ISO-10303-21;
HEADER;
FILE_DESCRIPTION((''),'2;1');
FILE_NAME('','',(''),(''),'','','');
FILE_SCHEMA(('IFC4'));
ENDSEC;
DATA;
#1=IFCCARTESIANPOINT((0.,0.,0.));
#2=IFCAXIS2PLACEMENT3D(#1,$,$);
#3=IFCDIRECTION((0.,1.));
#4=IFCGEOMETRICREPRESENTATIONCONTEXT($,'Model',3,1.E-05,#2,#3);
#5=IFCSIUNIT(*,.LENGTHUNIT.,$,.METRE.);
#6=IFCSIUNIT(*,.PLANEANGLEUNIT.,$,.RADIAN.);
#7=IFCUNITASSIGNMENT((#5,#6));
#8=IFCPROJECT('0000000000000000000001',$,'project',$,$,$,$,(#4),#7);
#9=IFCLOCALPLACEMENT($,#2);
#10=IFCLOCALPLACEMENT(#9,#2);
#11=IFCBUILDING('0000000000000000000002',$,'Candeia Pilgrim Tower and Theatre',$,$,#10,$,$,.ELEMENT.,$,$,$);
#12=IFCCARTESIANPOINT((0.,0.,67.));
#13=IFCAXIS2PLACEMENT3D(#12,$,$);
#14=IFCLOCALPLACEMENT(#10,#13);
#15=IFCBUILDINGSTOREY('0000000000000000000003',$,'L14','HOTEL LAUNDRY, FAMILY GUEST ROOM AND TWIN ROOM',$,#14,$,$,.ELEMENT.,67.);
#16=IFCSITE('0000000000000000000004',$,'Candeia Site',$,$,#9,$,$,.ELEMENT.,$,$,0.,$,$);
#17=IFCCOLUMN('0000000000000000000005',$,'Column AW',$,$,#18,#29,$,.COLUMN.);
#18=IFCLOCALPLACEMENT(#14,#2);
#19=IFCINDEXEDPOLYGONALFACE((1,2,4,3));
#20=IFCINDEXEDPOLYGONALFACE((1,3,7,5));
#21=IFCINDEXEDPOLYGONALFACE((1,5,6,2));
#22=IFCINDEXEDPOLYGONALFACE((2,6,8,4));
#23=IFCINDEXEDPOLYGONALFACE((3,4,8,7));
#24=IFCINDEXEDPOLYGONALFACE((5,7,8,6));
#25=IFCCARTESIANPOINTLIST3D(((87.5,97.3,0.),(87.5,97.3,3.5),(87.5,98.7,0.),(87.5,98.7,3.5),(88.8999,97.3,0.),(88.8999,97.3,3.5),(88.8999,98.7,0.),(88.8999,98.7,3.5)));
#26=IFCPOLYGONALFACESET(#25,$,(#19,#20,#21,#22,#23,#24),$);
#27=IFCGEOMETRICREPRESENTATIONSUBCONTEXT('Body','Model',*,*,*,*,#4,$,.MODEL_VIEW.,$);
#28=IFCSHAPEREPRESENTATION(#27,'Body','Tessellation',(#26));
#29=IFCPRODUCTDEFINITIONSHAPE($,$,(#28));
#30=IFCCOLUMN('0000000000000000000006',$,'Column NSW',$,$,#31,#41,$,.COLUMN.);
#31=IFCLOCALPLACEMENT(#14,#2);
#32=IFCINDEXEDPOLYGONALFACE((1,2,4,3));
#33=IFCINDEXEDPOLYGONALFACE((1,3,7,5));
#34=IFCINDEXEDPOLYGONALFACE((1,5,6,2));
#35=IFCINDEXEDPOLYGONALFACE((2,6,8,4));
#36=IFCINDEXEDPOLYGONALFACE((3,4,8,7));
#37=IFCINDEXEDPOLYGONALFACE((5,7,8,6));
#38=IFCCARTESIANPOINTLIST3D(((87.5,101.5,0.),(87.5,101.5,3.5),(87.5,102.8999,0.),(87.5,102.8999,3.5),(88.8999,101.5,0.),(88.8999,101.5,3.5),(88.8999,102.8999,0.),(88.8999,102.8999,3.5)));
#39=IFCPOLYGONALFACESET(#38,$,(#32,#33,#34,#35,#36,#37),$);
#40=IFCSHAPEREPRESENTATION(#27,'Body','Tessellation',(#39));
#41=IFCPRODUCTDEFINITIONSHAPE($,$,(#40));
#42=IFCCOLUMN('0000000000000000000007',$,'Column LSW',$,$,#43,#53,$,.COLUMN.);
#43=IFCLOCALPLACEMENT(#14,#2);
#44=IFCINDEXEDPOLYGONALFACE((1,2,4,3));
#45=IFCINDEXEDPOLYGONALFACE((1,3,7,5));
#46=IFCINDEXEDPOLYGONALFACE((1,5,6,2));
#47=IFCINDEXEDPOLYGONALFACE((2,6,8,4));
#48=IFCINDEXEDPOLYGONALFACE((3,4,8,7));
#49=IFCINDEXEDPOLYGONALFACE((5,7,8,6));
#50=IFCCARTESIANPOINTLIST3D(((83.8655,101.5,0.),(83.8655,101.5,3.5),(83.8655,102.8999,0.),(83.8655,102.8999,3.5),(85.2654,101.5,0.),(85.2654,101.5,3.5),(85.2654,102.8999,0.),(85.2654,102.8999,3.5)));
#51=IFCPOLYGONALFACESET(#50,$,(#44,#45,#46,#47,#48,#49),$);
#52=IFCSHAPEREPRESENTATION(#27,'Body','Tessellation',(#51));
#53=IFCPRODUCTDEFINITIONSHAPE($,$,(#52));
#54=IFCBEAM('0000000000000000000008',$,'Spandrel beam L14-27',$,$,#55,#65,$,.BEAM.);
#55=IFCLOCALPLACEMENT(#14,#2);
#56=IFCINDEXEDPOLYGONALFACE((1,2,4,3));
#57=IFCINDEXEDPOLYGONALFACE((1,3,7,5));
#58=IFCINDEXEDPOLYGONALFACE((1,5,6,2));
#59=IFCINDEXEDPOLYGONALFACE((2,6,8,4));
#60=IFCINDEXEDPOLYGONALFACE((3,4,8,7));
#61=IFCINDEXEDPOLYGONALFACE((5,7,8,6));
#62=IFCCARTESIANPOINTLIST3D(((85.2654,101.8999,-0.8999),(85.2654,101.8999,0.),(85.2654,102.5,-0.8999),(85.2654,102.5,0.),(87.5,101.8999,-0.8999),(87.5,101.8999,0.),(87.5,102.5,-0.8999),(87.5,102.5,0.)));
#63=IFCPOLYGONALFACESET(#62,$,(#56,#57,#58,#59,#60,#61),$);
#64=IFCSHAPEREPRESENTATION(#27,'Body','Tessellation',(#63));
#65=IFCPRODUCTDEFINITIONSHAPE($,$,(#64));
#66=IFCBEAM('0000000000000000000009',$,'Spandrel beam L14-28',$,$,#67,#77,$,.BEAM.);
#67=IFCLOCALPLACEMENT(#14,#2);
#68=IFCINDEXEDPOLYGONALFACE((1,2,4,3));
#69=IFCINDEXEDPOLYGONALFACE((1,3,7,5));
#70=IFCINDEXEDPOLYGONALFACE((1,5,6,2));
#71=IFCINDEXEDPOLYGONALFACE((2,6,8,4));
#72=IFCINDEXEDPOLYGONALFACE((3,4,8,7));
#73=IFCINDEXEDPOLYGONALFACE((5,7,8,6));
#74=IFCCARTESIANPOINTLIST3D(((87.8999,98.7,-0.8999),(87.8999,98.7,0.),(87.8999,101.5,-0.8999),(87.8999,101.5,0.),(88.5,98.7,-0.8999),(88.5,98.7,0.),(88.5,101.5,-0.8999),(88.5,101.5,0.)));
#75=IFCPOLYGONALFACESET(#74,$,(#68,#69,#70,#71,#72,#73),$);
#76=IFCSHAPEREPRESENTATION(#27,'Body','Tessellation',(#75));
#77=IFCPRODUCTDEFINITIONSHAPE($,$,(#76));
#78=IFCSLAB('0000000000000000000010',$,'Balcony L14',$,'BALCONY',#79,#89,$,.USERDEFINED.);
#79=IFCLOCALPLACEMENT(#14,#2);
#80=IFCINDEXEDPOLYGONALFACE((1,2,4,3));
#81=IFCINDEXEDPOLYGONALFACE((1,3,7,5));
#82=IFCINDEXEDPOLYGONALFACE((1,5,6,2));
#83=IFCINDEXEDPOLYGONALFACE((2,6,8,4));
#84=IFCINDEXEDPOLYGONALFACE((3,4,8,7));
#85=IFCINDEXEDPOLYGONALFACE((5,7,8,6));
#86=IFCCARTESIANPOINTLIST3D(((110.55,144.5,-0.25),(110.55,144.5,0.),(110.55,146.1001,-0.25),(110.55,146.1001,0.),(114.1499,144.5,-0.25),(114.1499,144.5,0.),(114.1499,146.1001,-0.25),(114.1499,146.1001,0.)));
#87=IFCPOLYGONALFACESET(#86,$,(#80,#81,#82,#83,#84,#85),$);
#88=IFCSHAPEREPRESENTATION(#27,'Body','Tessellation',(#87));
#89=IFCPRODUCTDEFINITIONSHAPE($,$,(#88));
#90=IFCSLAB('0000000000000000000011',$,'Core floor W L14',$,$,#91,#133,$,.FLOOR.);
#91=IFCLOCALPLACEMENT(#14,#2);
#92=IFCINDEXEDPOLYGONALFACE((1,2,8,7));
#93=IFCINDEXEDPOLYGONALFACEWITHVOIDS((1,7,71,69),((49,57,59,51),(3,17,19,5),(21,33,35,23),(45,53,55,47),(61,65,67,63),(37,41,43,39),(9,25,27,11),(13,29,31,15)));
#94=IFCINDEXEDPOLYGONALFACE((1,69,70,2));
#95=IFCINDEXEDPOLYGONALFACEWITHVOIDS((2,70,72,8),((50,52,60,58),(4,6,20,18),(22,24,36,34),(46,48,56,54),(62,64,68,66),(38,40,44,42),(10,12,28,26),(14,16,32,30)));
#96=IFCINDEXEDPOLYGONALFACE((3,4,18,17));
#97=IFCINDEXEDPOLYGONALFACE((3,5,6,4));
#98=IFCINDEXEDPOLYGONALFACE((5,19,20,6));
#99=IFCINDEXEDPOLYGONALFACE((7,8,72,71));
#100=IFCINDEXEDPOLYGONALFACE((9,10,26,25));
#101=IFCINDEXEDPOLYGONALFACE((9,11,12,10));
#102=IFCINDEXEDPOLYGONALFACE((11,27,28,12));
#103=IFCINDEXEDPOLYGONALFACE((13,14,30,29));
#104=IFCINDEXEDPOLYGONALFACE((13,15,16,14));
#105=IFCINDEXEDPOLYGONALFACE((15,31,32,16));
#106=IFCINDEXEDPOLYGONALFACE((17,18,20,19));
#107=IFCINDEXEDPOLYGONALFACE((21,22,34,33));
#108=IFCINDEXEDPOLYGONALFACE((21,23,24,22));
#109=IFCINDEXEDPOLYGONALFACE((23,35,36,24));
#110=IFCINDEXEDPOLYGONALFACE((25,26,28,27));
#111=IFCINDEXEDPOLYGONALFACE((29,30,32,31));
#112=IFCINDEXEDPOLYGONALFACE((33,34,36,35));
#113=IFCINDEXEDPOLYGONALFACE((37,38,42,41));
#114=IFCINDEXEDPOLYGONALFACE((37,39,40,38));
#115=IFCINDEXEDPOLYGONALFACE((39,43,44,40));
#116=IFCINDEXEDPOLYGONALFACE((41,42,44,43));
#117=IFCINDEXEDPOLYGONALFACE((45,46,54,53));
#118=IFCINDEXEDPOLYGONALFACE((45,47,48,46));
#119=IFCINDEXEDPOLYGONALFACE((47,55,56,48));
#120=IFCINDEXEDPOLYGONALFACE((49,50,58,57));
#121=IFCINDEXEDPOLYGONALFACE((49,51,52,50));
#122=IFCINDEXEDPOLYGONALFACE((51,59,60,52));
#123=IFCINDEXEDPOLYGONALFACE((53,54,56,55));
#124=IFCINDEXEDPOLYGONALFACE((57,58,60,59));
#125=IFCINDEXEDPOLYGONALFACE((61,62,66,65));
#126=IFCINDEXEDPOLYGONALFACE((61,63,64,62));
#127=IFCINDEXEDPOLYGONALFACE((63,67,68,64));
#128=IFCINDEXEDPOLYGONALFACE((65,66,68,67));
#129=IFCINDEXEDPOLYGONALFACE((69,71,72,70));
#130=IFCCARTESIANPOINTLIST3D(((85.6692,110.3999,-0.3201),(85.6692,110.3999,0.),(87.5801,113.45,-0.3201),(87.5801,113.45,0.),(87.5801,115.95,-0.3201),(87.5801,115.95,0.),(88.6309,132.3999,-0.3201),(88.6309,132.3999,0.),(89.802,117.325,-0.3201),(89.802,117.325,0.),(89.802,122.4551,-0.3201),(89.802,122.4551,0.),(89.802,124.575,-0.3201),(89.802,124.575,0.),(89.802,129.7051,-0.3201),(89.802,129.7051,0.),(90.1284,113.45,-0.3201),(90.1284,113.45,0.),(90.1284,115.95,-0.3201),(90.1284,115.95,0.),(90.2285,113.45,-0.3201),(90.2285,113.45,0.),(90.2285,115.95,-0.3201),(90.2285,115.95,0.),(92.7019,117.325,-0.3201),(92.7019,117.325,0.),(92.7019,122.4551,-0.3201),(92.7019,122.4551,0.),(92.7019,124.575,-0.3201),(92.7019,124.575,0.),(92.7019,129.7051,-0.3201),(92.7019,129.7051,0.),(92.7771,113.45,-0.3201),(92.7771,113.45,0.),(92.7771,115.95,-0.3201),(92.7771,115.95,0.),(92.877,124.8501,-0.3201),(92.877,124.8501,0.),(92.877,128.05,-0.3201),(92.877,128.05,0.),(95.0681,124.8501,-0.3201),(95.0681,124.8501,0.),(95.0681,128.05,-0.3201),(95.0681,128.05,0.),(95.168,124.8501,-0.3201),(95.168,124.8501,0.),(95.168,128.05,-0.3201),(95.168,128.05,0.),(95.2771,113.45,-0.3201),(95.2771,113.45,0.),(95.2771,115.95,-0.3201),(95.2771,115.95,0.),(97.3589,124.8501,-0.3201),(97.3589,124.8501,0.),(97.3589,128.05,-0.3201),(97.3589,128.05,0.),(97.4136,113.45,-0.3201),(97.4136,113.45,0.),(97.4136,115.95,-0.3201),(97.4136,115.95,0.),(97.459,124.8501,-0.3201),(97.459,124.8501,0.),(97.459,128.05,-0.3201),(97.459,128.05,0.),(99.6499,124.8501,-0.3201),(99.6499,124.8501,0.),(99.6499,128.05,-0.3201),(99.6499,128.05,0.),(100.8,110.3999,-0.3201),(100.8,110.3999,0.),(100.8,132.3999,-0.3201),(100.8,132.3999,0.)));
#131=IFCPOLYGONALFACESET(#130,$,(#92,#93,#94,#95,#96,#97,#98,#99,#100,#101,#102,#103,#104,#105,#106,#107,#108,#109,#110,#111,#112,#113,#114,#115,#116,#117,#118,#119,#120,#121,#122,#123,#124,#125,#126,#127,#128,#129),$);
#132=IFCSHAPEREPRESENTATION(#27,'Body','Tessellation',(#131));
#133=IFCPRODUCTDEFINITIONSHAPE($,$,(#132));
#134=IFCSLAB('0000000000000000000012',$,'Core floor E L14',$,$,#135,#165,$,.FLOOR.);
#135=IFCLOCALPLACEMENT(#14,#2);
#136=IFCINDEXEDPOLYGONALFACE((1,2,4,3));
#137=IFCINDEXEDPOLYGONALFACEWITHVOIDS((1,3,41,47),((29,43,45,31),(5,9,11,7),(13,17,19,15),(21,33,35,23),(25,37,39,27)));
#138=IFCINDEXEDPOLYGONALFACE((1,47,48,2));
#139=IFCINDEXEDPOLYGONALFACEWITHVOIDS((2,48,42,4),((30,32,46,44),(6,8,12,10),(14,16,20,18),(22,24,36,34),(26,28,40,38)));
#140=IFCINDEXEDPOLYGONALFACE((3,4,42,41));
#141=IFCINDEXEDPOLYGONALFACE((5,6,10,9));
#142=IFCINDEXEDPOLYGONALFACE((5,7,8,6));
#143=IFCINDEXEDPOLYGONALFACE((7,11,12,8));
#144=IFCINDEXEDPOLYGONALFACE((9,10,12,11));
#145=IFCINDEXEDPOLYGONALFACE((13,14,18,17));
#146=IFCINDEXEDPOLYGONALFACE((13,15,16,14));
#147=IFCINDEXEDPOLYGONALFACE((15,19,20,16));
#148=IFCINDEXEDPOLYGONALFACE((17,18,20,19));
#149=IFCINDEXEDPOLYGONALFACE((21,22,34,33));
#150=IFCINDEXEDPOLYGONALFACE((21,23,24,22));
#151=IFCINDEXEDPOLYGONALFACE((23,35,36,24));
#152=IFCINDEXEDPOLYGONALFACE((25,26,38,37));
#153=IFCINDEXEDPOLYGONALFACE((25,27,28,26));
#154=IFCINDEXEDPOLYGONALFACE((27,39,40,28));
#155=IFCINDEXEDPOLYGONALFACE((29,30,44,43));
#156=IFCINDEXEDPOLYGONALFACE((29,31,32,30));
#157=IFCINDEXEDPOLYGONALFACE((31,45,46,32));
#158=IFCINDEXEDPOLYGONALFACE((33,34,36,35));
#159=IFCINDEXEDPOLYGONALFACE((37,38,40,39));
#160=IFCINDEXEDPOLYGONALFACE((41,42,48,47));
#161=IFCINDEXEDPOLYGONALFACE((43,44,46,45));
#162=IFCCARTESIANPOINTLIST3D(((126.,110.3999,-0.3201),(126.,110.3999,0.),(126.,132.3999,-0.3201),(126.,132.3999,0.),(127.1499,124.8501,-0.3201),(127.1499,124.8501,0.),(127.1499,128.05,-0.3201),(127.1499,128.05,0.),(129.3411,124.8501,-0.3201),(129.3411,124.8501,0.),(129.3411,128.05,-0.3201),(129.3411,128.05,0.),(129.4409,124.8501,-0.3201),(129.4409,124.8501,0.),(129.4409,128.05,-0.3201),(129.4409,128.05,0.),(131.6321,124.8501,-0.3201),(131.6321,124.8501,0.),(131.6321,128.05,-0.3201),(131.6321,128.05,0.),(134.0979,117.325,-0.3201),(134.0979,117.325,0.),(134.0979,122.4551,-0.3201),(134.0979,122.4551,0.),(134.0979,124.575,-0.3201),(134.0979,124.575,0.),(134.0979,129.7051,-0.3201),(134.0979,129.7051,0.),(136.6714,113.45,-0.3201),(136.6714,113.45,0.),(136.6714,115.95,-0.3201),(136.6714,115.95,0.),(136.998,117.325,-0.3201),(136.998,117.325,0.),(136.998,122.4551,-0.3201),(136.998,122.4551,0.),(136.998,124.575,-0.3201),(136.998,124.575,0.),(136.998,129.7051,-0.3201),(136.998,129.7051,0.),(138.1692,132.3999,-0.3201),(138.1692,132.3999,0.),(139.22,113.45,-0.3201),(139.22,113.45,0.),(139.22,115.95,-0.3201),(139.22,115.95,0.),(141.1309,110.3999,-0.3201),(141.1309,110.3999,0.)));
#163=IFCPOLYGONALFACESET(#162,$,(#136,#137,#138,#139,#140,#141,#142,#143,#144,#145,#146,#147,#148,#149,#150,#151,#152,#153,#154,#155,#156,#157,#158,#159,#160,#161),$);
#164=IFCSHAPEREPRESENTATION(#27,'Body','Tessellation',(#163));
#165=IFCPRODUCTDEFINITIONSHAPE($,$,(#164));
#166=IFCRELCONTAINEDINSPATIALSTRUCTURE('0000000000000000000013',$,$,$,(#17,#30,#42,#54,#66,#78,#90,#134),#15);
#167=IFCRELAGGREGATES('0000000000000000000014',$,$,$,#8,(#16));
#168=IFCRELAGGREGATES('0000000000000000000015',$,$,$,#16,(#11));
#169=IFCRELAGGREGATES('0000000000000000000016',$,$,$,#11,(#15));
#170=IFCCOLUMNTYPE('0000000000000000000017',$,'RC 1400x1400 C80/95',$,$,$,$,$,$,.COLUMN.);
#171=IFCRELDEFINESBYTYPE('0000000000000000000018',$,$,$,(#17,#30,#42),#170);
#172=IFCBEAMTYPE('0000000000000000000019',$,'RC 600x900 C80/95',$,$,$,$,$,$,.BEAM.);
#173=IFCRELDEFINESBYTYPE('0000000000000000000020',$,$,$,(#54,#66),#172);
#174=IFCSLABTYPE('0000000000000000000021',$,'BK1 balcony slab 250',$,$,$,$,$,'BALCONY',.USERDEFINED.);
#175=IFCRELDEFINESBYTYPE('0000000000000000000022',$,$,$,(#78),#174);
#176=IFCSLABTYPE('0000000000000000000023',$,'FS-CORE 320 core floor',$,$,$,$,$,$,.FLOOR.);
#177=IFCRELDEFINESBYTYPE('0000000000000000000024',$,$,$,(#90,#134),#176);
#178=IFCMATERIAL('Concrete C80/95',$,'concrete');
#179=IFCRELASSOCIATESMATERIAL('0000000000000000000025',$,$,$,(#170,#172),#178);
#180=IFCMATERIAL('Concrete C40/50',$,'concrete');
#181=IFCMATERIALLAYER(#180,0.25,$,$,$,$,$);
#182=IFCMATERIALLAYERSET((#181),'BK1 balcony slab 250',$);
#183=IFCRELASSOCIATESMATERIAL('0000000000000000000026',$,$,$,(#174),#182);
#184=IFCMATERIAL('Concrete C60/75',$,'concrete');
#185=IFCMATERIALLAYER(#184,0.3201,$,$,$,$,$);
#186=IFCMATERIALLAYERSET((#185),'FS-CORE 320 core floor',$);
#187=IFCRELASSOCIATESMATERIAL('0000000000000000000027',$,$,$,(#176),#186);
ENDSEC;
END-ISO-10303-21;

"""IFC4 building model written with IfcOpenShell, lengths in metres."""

from ifc_helpers import new_model, si_unit, direction, frame, origin, origin_2d, place, context, subcontext, project, spatial, polyline, rectangle, outline, extrude, material, layer, layer_set, material_profile, profile_set, type_object, element, save


model = new_model("IFC4")

# Units and contexts
model_context = context("Model", 3, precision=1e-05, world=origin(), true_north=direction((0.0, 1.0)))
body_context = subcontext(model_context, "Body", "Model", "MODEL_VIEW")
ifc_project = project(units=[si_unit("LENGTHUNIT", "METRE"), si_unit("PLANEANGLEUNIT", "RADIAN")], contexts=[model_context])

# Site, building, storey
site_placement = place(None, origin())
site = spatial("IfcSite", under=ifc_project, at=site_placement, Name="Candeia Site", CompositionType="ELEMENT", RefElevation=0.0)
building_placement = place(site_placement, origin())
building = spatial("IfcBuilding", under=site, at=building_placement, Name="Candeia Pilgrim Tower and Theatre", CompositionType="ELEMENT")
storey_placement = place(building_placement, frame((0.0, 0.0, 67.0)))
storey = spatial("IfcBuildingStorey", under=building, at=storey_placement, Name="L14", Description="HOTEL LAUNDRY, FAMILY GUEST ROOM AND TWIN ROOM", CompositionType="ELEMENT", Elevation=67.0)

# Columns
ifc_material_1 = material(Name="Concrete C80/95", Category="concrete")
ifc_material_profile_1 = material_profile(ifc_material_1, rectangle(XDim=1.3999, YDim=1.3999, at=origin_2d()))
ifc_profile_set_1 = profile_set([ifc_material_profile_1], Name="Concrete C80/95")
column_type = type_object("IfcColumnType", Name="RC 1400x1400 C80/95", PredefinedType="COLUMN", material=ifc_profile_set_1)
for number, where, z_axis, x_axis, name in (
    (1, (88.2, 98.0, 0.0), (0.0, 0.0, 1.0), (1.0, 0.0, 0.0), "Column AW"),
    (2, (88.2, 102.2, 0.0), (0.0, 0.0, 1.0), (1.0, 0.0, 0.0), "Column NSW"),
    (3, (84.5654, 102.2, 0.0), (0.0, 0.0, 1.0), (1.0, 0.0, 0.0), "Column LSW"),
):
    element("IfcColumn", number, at=place(storey_placement, frame(where, z_axis=z_axis, x_axis=x_axis)), inside=storey, type_object=column_type, Name=name, PredefinedType="COLUMN", context=body_context, shape_type="SweptSolid", body=[
        extrude(rectangle(XDim=1.3999, YDim=1.3999, at=origin_2d()), origin(), (0.0, 0.0, 1.0), 3.5),
    ])

# Beams
ifc_material_profile_2 = material_profile(ifc_material_1, rectangle(XDim=0.6001, YDim=0.8999, at=origin_2d()))
ifc_profile_set_2 = profile_set([ifc_material_profile_2], Name="Concrete C80/95")
beam_type = type_object("IfcBeamType", Name="RC 600x900 C80/95", PredefinedType="BEAM", material=ifc_profile_set_2)
beam_1_placement = place(storey_placement, frame((85.2654, 102.2, -0.45), z_axis=(1.0, 0.0, 0.0), x_axis=(0.0, 1.0, 0.0)))
element("IfcBeam", 4, at=beam_1_placement, inside=storey, type_object=beam_type, Name="Spandrel beam L14-27", PredefinedType="BEAM", context=body_context, shape_type="SweptSolid", body=[
    extrude(rectangle(XDim=0.6001, YDim=0.8999, at=origin_2d()), origin(), (0.0, 0.0, 1.0), 2.2346),
])
beam_2_placement = place(storey_placement, frame((88.2, 101.5, -0.45), z_axis=(0.0, -1.0, 0.0), x_axis=(1.0, 0.0, 0.0)))
element("IfcBeam", 5, at=beam_2_placement, inside=storey, type_object=beam_type, Name="Spandrel beam L14-28", PredefinedType="BEAM", context=body_context, shape_type="SweptSolid", body=[
    extrude(rectangle(XDim=0.6001, YDim=0.8999, at=origin_2d()), origin(), (0.0, 0.0, 1.0), 2.8),
])

# Slabs
ifc_material_2 = material(Name="Concrete C40/50", Category="concrete")
ifc_layer_1 = layer(ifc_material_2, 0.25)
ifc_layer_set_1 = layer_set([ifc_layer_1], Name="BK1 balcony slab 250")
slab_type_1 = type_object("IfcSlabType", Name="BK1 balcony slab 250", ElementType="BALCONY", PredefinedType="USERDEFINED", material=ifc_layer_set_1)
slab_1_placement = place(storey_placement, frame((0.0, 0.0, -0.25)))
element("IfcSlab", 6, at=slab_1_placement, inside=storey, type_object=slab_type_1, Name="Balcony L14", ObjectType="BALCONY", PredefinedType="USERDEFINED", context=body_context, shape_type="SweptSolid", body=[
    extrude(outline(polyline([(110.55, 144.5), (114.1499, 144.5), (114.1499, 146.1001), (110.55, 146.1001), (110.55, 144.5)])), origin(), (0.0, 0.0, 1.0), 0.25),
])
ifc_material_3 = material(Name="Concrete C60/75", Category="concrete")
ifc_layer_2 = layer(ifc_material_3, 0.3201)
ifc_layer_set_2 = layer_set([ifc_layer_2], Name="FS-CORE 320 core floor")
slab_type_2 = type_object("IfcSlabType", Name="FS-CORE 320 core floor", PredefinedType="FLOOR", material=ifc_layer_set_2)
slab_2_placement = place(storey_placement, frame((0.0, 0.0, -0.3201)))
element("IfcSlab", 7, at=slab_2_placement, inside=storey, type_object=slab_type_2, Name="Core floor W L14", PredefinedType="FLOOR", context=body_context, shape_type="SweptSolid", body=[
    extrude(outline(polyline([(100.8, 132.3999), (100.8, 110.3999), (85.6692, 110.3999), (88.6309, 132.3999), (100.8, 132.3999)]), holes=[polyline([(97.459, 128.05), (97.459, 124.8501), (99.6499, 124.8501), (99.6499, 128.05), (97.459, 128.05)]), polyline([(95.2771, 115.95), (95.2771, 113.45), (97.4136, 113.45), (97.4136, 115.95), (95.2771, 115.95)]), polyline([(95.168, 128.05), (95.168, 124.8501), (97.3589, 124.8501), (97.3589, 128.05), (95.168, 128.05)]), polyline([(92.877, 128.05), (92.877, 124.8501), (95.0681, 124.8501), (95.0681, 128.05), (92.877, 128.05)]), polyline([(90.2285, 115.95), (90.2285, 113.45), (92.7771, 113.45), (92.7771, 115.95), (90.2285, 115.95)]), polyline([(89.802, 122.4551), (89.802, 117.325), (92.7019, 117.325), (92.7019, 122.4551), (89.802, 122.4551)]), polyline([(89.802, 129.7051), (89.802, 124.575), (92.7019, 124.575), (92.7019, 129.7051), (89.802, 129.7051)]), polyline([(87.5801, 115.95), (87.5801, 113.45), (90.1284, 113.45), (90.1284, 115.95), (87.5801, 115.95)])]), origin(), (0.0, 0.0, 1.0), 0.3201),
])
slab_3_placement = place(storey_placement, frame((0.0, 0.0, -0.3201)))
element("IfcSlab", 8, at=slab_3_placement, inside=storey, type_object=slab_type_2, Name="Core floor E L14", PredefinedType="FLOOR", context=body_context, shape_type="SweptSolid", body=[
    extrude(outline(polyline([(138.1692, 132.3999), (141.1309, 110.3999), (126.0, 110.3999), (126.0, 132.3999), (138.1692, 132.3999)]), holes=[polyline([(136.6714, 115.95), (136.6714, 113.45), (139.22, 113.45), (139.22, 115.95), (136.6714, 115.95)]), polyline([(134.0979, 117.325), (136.998, 117.325), (136.998, 122.4551), (134.0979, 122.4551), (134.0979, 117.325)]), polyline([(134.0979, 129.7051), (134.0979, 124.575), (136.998, 124.575), (136.998, 129.7051), (134.0979, 129.7051)]), polyline([(131.6321, 128.05), (129.4409, 128.05), (129.4409, 124.8501), (131.6321, 124.8501), (131.6321, 128.05)]), polyline([(127.1499, 128.05), (127.1499, 124.8501), (129.3411, 124.8501), (129.3411, 128.05), (127.1499, 128.05)])]), origin(), (0.0, 0.0, 1.0), 0.3201),
])

save(model, "model.ifc")
